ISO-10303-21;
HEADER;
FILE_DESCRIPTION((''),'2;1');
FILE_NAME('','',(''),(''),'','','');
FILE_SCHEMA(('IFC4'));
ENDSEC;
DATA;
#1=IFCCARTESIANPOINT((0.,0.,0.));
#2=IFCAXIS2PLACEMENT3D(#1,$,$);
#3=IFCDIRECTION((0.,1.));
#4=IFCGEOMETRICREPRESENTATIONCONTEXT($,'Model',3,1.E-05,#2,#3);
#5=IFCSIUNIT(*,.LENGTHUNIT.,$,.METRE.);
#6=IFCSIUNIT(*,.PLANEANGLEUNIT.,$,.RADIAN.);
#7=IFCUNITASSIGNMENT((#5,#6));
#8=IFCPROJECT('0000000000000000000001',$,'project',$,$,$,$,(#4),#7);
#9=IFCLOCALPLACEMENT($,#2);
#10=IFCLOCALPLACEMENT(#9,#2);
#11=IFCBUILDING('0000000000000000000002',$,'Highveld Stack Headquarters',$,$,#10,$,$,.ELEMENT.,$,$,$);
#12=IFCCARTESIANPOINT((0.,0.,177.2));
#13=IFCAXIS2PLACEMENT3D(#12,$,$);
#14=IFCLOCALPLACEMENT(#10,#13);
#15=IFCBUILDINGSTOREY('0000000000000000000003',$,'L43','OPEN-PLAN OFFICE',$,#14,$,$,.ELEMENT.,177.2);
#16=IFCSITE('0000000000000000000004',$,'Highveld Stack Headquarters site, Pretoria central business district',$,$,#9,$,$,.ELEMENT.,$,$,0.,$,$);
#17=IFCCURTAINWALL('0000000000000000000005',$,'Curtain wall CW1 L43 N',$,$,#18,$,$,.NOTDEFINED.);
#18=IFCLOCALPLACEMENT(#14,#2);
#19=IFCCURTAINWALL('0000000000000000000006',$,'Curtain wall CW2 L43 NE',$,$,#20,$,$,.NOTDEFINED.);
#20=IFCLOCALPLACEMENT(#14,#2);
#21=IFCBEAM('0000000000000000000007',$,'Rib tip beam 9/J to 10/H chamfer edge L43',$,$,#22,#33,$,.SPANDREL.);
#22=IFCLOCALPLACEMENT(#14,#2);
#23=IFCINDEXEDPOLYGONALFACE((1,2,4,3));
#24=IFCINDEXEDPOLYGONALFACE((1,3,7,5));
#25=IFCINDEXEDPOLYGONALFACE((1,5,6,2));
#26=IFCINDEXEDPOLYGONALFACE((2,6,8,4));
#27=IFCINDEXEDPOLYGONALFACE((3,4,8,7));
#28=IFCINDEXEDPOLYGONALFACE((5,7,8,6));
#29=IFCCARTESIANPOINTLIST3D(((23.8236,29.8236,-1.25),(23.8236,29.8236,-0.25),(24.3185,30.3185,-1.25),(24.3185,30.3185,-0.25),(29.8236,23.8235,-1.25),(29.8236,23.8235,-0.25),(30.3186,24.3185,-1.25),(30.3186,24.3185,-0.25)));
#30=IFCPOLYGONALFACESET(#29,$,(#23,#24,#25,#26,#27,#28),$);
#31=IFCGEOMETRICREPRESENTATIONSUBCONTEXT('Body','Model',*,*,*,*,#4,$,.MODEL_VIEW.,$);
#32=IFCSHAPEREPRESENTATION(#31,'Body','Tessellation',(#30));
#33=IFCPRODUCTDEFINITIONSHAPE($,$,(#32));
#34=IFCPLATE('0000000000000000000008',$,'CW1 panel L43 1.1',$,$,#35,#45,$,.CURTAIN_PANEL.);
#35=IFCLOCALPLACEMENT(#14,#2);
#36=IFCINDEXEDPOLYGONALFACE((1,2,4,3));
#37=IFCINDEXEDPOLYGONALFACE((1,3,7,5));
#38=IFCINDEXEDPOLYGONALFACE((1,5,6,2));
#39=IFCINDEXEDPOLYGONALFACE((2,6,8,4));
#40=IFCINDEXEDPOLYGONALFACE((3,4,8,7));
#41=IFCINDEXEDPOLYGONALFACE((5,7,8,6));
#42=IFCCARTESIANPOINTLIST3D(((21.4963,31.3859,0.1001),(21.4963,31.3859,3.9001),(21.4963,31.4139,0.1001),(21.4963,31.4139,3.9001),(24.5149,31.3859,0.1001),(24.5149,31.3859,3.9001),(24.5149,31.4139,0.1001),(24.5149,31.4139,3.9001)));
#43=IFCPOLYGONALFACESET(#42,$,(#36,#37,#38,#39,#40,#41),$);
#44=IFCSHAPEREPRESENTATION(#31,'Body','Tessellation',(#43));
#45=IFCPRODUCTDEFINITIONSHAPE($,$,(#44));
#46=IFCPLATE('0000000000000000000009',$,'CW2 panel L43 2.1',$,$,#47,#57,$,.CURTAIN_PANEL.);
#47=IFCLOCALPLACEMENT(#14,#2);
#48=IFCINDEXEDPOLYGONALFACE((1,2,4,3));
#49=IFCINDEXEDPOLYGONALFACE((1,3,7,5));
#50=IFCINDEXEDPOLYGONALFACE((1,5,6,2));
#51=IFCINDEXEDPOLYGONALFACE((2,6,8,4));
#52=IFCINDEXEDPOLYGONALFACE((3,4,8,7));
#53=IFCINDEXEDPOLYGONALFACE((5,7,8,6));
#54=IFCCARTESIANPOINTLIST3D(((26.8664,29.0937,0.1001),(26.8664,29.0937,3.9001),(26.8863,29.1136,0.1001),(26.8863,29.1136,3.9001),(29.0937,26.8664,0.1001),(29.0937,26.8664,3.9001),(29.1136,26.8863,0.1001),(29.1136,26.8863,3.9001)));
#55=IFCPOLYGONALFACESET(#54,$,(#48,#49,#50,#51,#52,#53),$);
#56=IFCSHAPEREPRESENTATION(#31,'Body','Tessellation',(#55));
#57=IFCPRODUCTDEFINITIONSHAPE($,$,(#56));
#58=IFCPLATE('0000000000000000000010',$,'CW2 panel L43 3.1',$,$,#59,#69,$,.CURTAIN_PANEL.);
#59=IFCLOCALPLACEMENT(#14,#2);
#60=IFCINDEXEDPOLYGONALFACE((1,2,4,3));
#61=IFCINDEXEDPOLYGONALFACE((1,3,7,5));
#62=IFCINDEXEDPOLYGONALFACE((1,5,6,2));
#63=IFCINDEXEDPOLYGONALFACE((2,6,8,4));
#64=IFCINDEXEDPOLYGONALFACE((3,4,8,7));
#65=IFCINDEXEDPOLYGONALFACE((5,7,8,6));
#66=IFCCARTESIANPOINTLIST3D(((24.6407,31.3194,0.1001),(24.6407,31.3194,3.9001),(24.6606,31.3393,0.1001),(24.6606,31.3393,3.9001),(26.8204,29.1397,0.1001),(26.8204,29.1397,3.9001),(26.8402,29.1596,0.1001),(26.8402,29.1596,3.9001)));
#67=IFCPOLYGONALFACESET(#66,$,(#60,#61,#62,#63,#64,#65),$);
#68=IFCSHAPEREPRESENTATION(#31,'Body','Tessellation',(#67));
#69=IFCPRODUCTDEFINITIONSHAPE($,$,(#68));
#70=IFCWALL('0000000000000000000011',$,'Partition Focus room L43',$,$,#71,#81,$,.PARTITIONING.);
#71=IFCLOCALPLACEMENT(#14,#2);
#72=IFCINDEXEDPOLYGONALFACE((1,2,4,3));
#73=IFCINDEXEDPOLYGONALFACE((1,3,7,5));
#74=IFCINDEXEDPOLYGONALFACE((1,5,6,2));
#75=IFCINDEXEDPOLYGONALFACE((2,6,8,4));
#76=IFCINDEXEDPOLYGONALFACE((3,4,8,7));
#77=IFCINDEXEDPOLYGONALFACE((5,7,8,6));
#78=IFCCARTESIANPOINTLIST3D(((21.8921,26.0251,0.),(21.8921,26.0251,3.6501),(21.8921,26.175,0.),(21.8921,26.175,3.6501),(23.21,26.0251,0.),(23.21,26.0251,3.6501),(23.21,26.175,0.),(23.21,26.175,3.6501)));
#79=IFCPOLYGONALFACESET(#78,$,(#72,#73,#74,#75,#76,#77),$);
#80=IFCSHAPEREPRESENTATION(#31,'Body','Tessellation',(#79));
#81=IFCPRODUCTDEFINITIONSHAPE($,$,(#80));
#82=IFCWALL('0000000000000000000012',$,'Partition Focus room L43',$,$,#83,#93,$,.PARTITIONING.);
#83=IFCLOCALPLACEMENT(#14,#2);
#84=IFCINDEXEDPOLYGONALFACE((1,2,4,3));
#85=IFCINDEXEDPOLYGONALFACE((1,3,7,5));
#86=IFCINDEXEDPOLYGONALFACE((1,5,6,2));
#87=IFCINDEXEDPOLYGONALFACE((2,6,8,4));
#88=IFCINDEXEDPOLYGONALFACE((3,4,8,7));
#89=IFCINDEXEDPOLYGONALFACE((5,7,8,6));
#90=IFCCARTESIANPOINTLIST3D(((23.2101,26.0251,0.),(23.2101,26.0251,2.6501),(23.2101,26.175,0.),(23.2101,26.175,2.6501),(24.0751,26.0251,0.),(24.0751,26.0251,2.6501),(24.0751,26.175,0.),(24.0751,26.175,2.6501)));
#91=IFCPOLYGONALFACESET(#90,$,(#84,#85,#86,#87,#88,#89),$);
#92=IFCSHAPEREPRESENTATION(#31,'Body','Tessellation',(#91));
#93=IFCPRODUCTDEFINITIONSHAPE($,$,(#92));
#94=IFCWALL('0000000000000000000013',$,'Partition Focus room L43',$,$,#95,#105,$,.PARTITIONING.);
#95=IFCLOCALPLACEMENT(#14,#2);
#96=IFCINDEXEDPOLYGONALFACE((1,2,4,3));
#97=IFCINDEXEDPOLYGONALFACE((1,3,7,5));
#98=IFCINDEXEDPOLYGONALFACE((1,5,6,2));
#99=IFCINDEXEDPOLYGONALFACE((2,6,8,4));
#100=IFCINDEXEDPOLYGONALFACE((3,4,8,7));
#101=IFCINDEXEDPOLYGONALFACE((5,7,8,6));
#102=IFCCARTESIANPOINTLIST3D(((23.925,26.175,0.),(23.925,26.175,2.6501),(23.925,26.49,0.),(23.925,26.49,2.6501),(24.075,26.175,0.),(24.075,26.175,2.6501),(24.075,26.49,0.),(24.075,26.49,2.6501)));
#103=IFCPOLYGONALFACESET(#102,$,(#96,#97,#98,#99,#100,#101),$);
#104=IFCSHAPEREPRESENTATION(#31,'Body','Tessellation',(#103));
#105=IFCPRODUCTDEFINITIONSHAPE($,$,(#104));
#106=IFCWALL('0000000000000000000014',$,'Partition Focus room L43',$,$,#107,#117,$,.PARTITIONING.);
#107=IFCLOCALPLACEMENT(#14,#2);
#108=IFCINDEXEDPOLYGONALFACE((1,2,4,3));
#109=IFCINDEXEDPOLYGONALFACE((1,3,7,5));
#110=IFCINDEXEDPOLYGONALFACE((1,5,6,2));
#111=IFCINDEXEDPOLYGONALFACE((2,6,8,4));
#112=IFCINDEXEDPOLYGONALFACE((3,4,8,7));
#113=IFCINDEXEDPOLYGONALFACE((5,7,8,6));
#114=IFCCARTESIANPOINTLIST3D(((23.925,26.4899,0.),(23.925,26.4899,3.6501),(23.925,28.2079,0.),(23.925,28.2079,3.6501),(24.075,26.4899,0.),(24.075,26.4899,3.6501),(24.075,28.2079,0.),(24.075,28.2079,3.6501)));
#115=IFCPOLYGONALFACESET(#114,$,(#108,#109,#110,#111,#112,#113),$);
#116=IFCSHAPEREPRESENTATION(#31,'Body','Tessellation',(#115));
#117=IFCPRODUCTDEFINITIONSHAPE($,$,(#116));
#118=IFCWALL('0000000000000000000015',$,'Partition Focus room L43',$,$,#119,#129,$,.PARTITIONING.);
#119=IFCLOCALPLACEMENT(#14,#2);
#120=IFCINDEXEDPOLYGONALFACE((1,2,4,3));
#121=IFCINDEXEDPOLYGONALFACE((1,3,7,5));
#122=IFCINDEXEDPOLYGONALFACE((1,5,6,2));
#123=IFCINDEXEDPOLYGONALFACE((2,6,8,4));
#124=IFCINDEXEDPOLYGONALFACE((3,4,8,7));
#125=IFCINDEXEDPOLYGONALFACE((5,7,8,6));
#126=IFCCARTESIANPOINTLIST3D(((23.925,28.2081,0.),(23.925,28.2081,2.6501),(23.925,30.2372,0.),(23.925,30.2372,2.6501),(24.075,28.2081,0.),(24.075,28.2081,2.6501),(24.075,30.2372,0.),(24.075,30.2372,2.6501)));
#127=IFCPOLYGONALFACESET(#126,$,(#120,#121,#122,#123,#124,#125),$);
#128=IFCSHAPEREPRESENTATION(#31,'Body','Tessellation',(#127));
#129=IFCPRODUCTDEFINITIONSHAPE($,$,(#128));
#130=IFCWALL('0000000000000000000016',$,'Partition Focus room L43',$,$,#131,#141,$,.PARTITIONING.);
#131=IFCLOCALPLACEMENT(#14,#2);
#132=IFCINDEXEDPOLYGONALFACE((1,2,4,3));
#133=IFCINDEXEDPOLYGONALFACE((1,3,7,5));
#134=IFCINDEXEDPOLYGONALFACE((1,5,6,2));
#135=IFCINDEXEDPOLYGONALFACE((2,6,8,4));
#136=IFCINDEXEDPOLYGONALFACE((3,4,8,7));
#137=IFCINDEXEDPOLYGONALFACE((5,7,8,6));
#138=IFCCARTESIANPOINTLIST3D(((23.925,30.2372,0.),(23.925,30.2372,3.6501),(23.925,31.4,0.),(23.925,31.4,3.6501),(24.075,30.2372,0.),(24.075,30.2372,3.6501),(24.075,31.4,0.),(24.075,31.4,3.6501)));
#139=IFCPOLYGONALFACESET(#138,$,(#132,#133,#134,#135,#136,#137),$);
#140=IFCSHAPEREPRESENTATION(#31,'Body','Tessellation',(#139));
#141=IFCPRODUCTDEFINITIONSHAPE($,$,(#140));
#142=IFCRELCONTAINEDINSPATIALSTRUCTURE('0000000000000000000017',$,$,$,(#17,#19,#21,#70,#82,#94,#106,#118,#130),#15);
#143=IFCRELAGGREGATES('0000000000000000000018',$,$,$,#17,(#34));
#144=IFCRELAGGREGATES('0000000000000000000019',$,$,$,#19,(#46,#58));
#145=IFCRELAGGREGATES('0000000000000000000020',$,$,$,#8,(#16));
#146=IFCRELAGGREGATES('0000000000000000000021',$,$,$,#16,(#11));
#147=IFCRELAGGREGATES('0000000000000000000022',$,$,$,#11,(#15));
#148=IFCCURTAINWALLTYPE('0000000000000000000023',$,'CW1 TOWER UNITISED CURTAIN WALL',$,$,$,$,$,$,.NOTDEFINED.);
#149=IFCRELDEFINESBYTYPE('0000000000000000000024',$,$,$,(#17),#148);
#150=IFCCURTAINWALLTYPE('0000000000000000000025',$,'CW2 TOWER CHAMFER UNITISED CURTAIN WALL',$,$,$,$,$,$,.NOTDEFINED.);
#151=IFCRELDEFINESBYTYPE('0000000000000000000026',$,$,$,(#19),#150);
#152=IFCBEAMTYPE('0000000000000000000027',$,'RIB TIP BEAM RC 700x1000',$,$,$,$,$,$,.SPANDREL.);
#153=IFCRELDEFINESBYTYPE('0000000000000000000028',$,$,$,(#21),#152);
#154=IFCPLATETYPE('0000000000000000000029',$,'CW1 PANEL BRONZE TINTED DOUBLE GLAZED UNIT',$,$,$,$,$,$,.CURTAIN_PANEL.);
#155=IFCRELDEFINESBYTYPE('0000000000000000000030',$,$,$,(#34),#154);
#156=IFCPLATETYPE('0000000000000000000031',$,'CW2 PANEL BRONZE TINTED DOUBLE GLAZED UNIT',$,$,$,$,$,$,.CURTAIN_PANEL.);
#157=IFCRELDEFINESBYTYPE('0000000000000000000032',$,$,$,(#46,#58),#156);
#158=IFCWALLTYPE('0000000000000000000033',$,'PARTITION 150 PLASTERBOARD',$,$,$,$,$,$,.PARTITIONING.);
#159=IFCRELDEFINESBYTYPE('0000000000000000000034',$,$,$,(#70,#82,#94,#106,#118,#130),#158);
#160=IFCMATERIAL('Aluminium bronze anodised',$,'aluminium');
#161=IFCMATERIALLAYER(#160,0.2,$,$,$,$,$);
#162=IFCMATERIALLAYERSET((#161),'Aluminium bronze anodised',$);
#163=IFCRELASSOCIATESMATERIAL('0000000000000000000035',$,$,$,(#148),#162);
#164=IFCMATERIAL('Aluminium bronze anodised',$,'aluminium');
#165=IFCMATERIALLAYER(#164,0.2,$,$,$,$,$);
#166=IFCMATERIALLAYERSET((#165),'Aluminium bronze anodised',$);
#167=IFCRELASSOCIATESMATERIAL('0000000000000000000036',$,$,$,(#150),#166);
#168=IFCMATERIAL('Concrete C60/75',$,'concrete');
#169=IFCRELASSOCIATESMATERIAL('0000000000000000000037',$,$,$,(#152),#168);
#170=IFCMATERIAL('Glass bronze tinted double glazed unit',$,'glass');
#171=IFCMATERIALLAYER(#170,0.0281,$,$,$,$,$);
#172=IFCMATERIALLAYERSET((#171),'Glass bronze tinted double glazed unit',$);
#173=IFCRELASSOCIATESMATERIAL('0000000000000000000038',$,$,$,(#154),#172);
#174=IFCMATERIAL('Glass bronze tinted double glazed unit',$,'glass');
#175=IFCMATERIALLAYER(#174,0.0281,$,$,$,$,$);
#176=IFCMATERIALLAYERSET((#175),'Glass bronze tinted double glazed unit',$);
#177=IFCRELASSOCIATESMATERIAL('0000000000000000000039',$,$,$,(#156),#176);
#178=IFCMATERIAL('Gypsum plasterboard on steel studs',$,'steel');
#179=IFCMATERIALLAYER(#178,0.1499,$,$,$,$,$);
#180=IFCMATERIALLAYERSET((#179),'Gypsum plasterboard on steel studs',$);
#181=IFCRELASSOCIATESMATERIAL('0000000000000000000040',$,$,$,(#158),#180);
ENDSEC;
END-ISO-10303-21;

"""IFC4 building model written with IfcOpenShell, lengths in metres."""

from ifc_helpers import new_model, si_unit, direction, frame, frame_2d, origin, origin_2d, place, context, subcontext, project, spatial, rectangle, extrude, material, layer, layer_set, material_profile, profile_set, type_object, element, aggregate, save


model = new_model("IFC4")

# Units and contexts
model_context = context("Model", 3, precision=1e-05, world=origin(), true_north=direction((0.0, 1.0)))
body_context = subcontext(model_context, "Body", "Model", "MODEL_VIEW")
ifc_project = project(units=[si_unit("LENGTHUNIT", "METRE"), si_unit("PLANEANGLEUNIT", "RADIAN")], contexts=[model_context])

# Site, building, storey
site_placement = place(None, origin())
site = spatial("IfcSite", under=ifc_project, at=site_placement, Name="Highveld Stack Headquarters site, Pretoria central business district", CompositionType="ELEMENT", RefElevation=0.0)
building_placement = place(site_placement, origin())
building = spatial("IfcBuilding", under=site, at=building_placement, Name="Highveld Stack Headquarters", CompositionType="ELEMENT")
storey_placement = place(building_placement, frame((0.0, 0.0, 177.2)))
storey = spatial("IfcBuildingStorey", under=building, at=storey_placement, Name="L43", Description="OPEN-PLAN OFFICE", CompositionType="ELEMENT", Elevation=177.2)

# Curtain walls
ifc_material_1 = material(Name="Aluminium bronze anodised", Category="aluminium")
ifc_layer_1 = layer(ifc_material_1, 0.2)
ifc_layer_set_1 = layer_set([ifc_layer_1], Name="Aluminium bronze anodised")
curtain_wall_type_1 = type_object("IfcCurtainWallType", Name="CW1 TOWER UNITISED CURTAIN WALL", PredefinedType="NOTDEFINED", material=ifc_layer_set_1)
curtain_wall_1_placement = place(storey_placement, origin())
curtain_wall_1 = element("IfcCurtainWall", 1, at=curtain_wall_1_placement, inside=storey, type_object=curtain_wall_type_1, Name="Curtain wall CW1 L43 N", PredefinedType="NOTDEFINED")
ifc_material_2 = material(Name="Aluminium bronze anodised", Category="aluminium")
ifc_layer_2 = layer(ifc_material_2, 0.2)
ifc_layer_set_2 = layer_set([ifc_layer_2], Name="Aluminium bronze anodised")
curtain_wall_type_2 = type_object("IfcCurtainWallType", Name="CW2 TOWER CHAMFER UNITISED CURTAIN WALL", PredefinedType="NOTDEFINED", material=ifc_layer_set_2)
curtain_wall_2_placement = place(storey_placement, origin())
curtain_wall_2 = element("IfcCurtainWall", 2, at=curtain_wall_2_placement, inside=storey, type_object=curtain_wall_type_2, Name="Curtain wall CW2 L43 NE", PredefinedType="NOTDEFINED")

# Beam
ifc_material_3 = material(Name="Concrete C60/75", Category="concrete")
ifc_material_profile_1 = material_profile(ifc_material_3, rectangle(XDim=0.7, YDim=1.0, at=origin_2d()), Name="RC 700x1000")
ifc_profile_set_1 = profile_set([ifc_material_profile_1], Name="Concrete C60/75")
beam_type = type_object("IfcBeamType", Name="RIB TIP BEAM RC 700x1000", PredefinedType="SPANDREL", material=ifc_profile_set_1)
for number, where, z_axis, x_axis, name in (
    (3, (24.071, 30.071, -0.75), (0.707107, -0.707107, 0.0), (0.707107, 0.707107, 0.0), "Rib tip beam 9/J to 10/H chamfer edge L43"),
):
    element("IfcBeam", number, at=place(storey_placement, frame(where, z_axis=z_axis, x_axis=x_axis)), inside=storey, type_object=beam_type, Name=name, PredefinedType="SPANDREL", context=body_context, shape_type="SweptSolid", body=[
        extrude(rectangle(XDim=0.7, YDim=1.0, at=origin_2d()), origin(), (0.0, 0.0, 1.0), 8.4854),
    ])

# Plates
ifc_material_4 = material(Name="Glass bronze tinted double glazed unit", Category="glass")
ifc_layer_3 = layer(ifc_material_4, 0.0281)
ifc_layer_set_3 = layer_set([ifc_layer_3], Name="Glass bronze tinted double glazed unit")
plate_type_1 = type_object("IfcPlateType", Name="CW1 PANEL BRONZE TINTED DOUBLE GLAZED UNIT", PredefinedType="CURTAIN_PANEL", material=ifc_layer_set_3)
plate_1_placement = place(storey_placement, frame((23.0056, 31.3999, 0.1001), z_axis=(0.0, 0.0, 1.0), x_axis=(-1.0, 0.0, 0.0)))
plate_1 = element("IfcPlate", 4, at=plate_1_placement, type_object=plate_type_1, Name="CW1 panel L43 1.1", PredefinedType="CURTAIN_PANEL", context=body_context, shape_type="SweptSolid", body=[
    extrude(rectangle(XDim=3.0186, YDim=0.0281, at=origin_2d()), origin(), (0.0, 0.0, 1.0), 3.8),
])
aggregate(curtain_wall_1, [plate_1])
ifc_material_5 = material(Name="Glass bronze tinted double glazed unit", Category="glass")
ifc_layer_4 = layer(ifc_material_5, 0.0281)
ifc_layer_set_4 = layer_set([ifc_layer_4], Name="Glass bronze tinted double glazed unit")
plate_type_2 = type_object("IfcPlateType", Name="CW2 PANEL BRONZE TINTED DOUBLE GLAZED UNIT", PredefinedType="CURTAIN_PANEL", material=ifc_layer_set_4)
plate_2_placement = place(storey_placement, frame((27.99, 27.99, 0.1001), z_axis=(0.0, 0.0, 1.0), x_axis=(-0.707107, 0.707107, 0.0)))
plate_2 = element("IfcPlate", 5, at=plate_2_placement, type_object=plate_type_2, Name="CW2 panel L43 2.1", PredefinedType="CURTAIN_PANEL", context=body_context, shape_type="SweptSolid", body=[
    extrude(rectangle(XDim=3.1499, YDim=0.0281, at=origin_2d()), origin(), (0.0, 0.0, 1.0), 3.8),
])
plate_3_placement = place(storey_placement, frame((25.7405, 30.2395, 0.1001), z_axis=(0.0, 0.0, 1.0), x_axis=(-0.707107, 0.707107, 0.0)))
plate_3 = element("IfcPlate", 6, at=plate_3_placement, type_object=plate_type_2, Name="CW2 panel L43 3.1", PredefinedType="CURTAIN_PANEL", context=body_context, shape_type="SweptSolid", body=[
    extrude(rectangle(XDim=3.0825, YDim=0.0281, at=origin_2d()), origin(), (0.0, 0.0, 1.0), 3.8),
])
aggregate(curtain_wall_2, [plate_2, plate_3])

# Walls
ifc_material_6 = material(Name="Gypsum plasterboard on steel studs", Category="steel")
ifc_layer_5 = layer(ifc_material_6, 0.1499)
ifc_layer_set_5 = layer_set([ifc_layer_5], Name="Gypsum plasterboard on steel studs")
wall_type = type_object("IfcWallType", Name="PARTITION 150 PLASTERBOARD", PredefinedType="PARTITIONING", material=ifc_layer_set_5)
wall_1_placement = place(storey_placement, frame((21.8921, 26.1001, 0.0), z_axis=(0.0, 0.0, 1.0), x_axis=(1.0, 0.0, 0.0)))
element("IfcWall", 7, at=wall_1_placement, inside=storey, type_object=wall_type, Name="Partition Focus room L43", PredefinedType="PARTITIONING", context=body_context, shape_type="SweptSolid", body=[
    extrude(rectangle(XDim=1.3179, YDim=0.1499, at=frame_2d((0.6589, 0.0))), origin(), (0.0, 0.0, 1.0), 3.6501),
])
wall_2_placement = place(storey_placement, frame((23.21, 26.1001, 0.0), z_axis=(0.0, 0.0, 1.0), x_axis=(1.0, 0.0, 0.0)))
element("IfcWall", 8, at=wall_2_placement, inside=storey, type_object=wall_type, Name="Partition Focus room L43", PredefinedType="PARTITIONING", context=body_context, shape_type="SweptSolid", body=[
    extrude(rectangle(XDim=0.865, YDim=0.1499, at=frame_2d((0.4326, 0.0))), origin(), (0.0, 0.0, 1.0), 2.6501),
])
wall_3_placement = place(storey_placement, frame((24.0, 26.175, 0.0), z_axis=(0.0, 0.0, 1.0), x_axis=(0.0, 1.0, 0.0)))
element("IfcWall", 9, at=wall_3_placement, inside=storey, type_object=wall_type, Name="Partition Focus room L43", PredefinedType="PARTITIONING", context=body_context, shape_type="SweptSolid", body=[
    extrude(rectangle(XDim=0.3149, YDim=0.1499, at=frame_2d((0.1575, 0.0))), origin(), (0.0, 0.0, 1.0), 2.6501),
])
wall_4_placement = place(storey_placement, frame((24.0, 26.49, 0.0), z_axis=(0.0, 0.0, 1.0), x_axis=(0.0, 1.0, 0.0)))
element("IfcWall", 10, at=wall_4_placement, inside=storey, type_object=wall_type, Name="Partition Focus room L43", PredefinedType="PARTITIONING", context=body_context, shape_type="SweptSolid", body=[
    extrude(rectangle(XDim=1.718, YDim=0.1499, at=frame_2d((0.8589, 0.0))), origin(), (0.0, 0.0, 1.0), 3.6501),
])
wall_5_placement = place(storey_placement, frame((24.0, 28.208, 0.0), z_axis=(0.0, 0.0, 1.0), x_axis=(0.0, 1.0, 0.0)))
element("IfcWall", 11, at=wall_5_placement, inside=storey, type_object=wall_type, Name="Partition Focus room L43", PredefinedType="PARTITIONING", context=body_context, shape_type="SweptSolid", body=[
    extrude(rectangle(XDim=2.0291, YDim=0.1499, at=frame_2d((1.0146, 0.0))), origin(), (0.0, 0.0, 1.0), 2.6501),
])
wall_6_placement = place(storey_placement, frame((24.0, 30.2371, 0.0), z_axis=(0.0, 0.0, 1.0), x_axis=(0.0, 1.0, 0.0)))
element("IfcWall", 12, at=wall_6_placement, inside=storey, type_object=wall_type, Name="Partition Focus room L43", PredefinedType="PARTITIONING", context=body_context, shape_type="SweptSolid", body=[
    extrude(rectangle(XDim=1.1628, YDim=0.1499, at=frame_2d((0.5815, 0.0))), origin(), (0.0, 0.0, 1.0), 3.6501),
])

save(model, "model.ifc")
